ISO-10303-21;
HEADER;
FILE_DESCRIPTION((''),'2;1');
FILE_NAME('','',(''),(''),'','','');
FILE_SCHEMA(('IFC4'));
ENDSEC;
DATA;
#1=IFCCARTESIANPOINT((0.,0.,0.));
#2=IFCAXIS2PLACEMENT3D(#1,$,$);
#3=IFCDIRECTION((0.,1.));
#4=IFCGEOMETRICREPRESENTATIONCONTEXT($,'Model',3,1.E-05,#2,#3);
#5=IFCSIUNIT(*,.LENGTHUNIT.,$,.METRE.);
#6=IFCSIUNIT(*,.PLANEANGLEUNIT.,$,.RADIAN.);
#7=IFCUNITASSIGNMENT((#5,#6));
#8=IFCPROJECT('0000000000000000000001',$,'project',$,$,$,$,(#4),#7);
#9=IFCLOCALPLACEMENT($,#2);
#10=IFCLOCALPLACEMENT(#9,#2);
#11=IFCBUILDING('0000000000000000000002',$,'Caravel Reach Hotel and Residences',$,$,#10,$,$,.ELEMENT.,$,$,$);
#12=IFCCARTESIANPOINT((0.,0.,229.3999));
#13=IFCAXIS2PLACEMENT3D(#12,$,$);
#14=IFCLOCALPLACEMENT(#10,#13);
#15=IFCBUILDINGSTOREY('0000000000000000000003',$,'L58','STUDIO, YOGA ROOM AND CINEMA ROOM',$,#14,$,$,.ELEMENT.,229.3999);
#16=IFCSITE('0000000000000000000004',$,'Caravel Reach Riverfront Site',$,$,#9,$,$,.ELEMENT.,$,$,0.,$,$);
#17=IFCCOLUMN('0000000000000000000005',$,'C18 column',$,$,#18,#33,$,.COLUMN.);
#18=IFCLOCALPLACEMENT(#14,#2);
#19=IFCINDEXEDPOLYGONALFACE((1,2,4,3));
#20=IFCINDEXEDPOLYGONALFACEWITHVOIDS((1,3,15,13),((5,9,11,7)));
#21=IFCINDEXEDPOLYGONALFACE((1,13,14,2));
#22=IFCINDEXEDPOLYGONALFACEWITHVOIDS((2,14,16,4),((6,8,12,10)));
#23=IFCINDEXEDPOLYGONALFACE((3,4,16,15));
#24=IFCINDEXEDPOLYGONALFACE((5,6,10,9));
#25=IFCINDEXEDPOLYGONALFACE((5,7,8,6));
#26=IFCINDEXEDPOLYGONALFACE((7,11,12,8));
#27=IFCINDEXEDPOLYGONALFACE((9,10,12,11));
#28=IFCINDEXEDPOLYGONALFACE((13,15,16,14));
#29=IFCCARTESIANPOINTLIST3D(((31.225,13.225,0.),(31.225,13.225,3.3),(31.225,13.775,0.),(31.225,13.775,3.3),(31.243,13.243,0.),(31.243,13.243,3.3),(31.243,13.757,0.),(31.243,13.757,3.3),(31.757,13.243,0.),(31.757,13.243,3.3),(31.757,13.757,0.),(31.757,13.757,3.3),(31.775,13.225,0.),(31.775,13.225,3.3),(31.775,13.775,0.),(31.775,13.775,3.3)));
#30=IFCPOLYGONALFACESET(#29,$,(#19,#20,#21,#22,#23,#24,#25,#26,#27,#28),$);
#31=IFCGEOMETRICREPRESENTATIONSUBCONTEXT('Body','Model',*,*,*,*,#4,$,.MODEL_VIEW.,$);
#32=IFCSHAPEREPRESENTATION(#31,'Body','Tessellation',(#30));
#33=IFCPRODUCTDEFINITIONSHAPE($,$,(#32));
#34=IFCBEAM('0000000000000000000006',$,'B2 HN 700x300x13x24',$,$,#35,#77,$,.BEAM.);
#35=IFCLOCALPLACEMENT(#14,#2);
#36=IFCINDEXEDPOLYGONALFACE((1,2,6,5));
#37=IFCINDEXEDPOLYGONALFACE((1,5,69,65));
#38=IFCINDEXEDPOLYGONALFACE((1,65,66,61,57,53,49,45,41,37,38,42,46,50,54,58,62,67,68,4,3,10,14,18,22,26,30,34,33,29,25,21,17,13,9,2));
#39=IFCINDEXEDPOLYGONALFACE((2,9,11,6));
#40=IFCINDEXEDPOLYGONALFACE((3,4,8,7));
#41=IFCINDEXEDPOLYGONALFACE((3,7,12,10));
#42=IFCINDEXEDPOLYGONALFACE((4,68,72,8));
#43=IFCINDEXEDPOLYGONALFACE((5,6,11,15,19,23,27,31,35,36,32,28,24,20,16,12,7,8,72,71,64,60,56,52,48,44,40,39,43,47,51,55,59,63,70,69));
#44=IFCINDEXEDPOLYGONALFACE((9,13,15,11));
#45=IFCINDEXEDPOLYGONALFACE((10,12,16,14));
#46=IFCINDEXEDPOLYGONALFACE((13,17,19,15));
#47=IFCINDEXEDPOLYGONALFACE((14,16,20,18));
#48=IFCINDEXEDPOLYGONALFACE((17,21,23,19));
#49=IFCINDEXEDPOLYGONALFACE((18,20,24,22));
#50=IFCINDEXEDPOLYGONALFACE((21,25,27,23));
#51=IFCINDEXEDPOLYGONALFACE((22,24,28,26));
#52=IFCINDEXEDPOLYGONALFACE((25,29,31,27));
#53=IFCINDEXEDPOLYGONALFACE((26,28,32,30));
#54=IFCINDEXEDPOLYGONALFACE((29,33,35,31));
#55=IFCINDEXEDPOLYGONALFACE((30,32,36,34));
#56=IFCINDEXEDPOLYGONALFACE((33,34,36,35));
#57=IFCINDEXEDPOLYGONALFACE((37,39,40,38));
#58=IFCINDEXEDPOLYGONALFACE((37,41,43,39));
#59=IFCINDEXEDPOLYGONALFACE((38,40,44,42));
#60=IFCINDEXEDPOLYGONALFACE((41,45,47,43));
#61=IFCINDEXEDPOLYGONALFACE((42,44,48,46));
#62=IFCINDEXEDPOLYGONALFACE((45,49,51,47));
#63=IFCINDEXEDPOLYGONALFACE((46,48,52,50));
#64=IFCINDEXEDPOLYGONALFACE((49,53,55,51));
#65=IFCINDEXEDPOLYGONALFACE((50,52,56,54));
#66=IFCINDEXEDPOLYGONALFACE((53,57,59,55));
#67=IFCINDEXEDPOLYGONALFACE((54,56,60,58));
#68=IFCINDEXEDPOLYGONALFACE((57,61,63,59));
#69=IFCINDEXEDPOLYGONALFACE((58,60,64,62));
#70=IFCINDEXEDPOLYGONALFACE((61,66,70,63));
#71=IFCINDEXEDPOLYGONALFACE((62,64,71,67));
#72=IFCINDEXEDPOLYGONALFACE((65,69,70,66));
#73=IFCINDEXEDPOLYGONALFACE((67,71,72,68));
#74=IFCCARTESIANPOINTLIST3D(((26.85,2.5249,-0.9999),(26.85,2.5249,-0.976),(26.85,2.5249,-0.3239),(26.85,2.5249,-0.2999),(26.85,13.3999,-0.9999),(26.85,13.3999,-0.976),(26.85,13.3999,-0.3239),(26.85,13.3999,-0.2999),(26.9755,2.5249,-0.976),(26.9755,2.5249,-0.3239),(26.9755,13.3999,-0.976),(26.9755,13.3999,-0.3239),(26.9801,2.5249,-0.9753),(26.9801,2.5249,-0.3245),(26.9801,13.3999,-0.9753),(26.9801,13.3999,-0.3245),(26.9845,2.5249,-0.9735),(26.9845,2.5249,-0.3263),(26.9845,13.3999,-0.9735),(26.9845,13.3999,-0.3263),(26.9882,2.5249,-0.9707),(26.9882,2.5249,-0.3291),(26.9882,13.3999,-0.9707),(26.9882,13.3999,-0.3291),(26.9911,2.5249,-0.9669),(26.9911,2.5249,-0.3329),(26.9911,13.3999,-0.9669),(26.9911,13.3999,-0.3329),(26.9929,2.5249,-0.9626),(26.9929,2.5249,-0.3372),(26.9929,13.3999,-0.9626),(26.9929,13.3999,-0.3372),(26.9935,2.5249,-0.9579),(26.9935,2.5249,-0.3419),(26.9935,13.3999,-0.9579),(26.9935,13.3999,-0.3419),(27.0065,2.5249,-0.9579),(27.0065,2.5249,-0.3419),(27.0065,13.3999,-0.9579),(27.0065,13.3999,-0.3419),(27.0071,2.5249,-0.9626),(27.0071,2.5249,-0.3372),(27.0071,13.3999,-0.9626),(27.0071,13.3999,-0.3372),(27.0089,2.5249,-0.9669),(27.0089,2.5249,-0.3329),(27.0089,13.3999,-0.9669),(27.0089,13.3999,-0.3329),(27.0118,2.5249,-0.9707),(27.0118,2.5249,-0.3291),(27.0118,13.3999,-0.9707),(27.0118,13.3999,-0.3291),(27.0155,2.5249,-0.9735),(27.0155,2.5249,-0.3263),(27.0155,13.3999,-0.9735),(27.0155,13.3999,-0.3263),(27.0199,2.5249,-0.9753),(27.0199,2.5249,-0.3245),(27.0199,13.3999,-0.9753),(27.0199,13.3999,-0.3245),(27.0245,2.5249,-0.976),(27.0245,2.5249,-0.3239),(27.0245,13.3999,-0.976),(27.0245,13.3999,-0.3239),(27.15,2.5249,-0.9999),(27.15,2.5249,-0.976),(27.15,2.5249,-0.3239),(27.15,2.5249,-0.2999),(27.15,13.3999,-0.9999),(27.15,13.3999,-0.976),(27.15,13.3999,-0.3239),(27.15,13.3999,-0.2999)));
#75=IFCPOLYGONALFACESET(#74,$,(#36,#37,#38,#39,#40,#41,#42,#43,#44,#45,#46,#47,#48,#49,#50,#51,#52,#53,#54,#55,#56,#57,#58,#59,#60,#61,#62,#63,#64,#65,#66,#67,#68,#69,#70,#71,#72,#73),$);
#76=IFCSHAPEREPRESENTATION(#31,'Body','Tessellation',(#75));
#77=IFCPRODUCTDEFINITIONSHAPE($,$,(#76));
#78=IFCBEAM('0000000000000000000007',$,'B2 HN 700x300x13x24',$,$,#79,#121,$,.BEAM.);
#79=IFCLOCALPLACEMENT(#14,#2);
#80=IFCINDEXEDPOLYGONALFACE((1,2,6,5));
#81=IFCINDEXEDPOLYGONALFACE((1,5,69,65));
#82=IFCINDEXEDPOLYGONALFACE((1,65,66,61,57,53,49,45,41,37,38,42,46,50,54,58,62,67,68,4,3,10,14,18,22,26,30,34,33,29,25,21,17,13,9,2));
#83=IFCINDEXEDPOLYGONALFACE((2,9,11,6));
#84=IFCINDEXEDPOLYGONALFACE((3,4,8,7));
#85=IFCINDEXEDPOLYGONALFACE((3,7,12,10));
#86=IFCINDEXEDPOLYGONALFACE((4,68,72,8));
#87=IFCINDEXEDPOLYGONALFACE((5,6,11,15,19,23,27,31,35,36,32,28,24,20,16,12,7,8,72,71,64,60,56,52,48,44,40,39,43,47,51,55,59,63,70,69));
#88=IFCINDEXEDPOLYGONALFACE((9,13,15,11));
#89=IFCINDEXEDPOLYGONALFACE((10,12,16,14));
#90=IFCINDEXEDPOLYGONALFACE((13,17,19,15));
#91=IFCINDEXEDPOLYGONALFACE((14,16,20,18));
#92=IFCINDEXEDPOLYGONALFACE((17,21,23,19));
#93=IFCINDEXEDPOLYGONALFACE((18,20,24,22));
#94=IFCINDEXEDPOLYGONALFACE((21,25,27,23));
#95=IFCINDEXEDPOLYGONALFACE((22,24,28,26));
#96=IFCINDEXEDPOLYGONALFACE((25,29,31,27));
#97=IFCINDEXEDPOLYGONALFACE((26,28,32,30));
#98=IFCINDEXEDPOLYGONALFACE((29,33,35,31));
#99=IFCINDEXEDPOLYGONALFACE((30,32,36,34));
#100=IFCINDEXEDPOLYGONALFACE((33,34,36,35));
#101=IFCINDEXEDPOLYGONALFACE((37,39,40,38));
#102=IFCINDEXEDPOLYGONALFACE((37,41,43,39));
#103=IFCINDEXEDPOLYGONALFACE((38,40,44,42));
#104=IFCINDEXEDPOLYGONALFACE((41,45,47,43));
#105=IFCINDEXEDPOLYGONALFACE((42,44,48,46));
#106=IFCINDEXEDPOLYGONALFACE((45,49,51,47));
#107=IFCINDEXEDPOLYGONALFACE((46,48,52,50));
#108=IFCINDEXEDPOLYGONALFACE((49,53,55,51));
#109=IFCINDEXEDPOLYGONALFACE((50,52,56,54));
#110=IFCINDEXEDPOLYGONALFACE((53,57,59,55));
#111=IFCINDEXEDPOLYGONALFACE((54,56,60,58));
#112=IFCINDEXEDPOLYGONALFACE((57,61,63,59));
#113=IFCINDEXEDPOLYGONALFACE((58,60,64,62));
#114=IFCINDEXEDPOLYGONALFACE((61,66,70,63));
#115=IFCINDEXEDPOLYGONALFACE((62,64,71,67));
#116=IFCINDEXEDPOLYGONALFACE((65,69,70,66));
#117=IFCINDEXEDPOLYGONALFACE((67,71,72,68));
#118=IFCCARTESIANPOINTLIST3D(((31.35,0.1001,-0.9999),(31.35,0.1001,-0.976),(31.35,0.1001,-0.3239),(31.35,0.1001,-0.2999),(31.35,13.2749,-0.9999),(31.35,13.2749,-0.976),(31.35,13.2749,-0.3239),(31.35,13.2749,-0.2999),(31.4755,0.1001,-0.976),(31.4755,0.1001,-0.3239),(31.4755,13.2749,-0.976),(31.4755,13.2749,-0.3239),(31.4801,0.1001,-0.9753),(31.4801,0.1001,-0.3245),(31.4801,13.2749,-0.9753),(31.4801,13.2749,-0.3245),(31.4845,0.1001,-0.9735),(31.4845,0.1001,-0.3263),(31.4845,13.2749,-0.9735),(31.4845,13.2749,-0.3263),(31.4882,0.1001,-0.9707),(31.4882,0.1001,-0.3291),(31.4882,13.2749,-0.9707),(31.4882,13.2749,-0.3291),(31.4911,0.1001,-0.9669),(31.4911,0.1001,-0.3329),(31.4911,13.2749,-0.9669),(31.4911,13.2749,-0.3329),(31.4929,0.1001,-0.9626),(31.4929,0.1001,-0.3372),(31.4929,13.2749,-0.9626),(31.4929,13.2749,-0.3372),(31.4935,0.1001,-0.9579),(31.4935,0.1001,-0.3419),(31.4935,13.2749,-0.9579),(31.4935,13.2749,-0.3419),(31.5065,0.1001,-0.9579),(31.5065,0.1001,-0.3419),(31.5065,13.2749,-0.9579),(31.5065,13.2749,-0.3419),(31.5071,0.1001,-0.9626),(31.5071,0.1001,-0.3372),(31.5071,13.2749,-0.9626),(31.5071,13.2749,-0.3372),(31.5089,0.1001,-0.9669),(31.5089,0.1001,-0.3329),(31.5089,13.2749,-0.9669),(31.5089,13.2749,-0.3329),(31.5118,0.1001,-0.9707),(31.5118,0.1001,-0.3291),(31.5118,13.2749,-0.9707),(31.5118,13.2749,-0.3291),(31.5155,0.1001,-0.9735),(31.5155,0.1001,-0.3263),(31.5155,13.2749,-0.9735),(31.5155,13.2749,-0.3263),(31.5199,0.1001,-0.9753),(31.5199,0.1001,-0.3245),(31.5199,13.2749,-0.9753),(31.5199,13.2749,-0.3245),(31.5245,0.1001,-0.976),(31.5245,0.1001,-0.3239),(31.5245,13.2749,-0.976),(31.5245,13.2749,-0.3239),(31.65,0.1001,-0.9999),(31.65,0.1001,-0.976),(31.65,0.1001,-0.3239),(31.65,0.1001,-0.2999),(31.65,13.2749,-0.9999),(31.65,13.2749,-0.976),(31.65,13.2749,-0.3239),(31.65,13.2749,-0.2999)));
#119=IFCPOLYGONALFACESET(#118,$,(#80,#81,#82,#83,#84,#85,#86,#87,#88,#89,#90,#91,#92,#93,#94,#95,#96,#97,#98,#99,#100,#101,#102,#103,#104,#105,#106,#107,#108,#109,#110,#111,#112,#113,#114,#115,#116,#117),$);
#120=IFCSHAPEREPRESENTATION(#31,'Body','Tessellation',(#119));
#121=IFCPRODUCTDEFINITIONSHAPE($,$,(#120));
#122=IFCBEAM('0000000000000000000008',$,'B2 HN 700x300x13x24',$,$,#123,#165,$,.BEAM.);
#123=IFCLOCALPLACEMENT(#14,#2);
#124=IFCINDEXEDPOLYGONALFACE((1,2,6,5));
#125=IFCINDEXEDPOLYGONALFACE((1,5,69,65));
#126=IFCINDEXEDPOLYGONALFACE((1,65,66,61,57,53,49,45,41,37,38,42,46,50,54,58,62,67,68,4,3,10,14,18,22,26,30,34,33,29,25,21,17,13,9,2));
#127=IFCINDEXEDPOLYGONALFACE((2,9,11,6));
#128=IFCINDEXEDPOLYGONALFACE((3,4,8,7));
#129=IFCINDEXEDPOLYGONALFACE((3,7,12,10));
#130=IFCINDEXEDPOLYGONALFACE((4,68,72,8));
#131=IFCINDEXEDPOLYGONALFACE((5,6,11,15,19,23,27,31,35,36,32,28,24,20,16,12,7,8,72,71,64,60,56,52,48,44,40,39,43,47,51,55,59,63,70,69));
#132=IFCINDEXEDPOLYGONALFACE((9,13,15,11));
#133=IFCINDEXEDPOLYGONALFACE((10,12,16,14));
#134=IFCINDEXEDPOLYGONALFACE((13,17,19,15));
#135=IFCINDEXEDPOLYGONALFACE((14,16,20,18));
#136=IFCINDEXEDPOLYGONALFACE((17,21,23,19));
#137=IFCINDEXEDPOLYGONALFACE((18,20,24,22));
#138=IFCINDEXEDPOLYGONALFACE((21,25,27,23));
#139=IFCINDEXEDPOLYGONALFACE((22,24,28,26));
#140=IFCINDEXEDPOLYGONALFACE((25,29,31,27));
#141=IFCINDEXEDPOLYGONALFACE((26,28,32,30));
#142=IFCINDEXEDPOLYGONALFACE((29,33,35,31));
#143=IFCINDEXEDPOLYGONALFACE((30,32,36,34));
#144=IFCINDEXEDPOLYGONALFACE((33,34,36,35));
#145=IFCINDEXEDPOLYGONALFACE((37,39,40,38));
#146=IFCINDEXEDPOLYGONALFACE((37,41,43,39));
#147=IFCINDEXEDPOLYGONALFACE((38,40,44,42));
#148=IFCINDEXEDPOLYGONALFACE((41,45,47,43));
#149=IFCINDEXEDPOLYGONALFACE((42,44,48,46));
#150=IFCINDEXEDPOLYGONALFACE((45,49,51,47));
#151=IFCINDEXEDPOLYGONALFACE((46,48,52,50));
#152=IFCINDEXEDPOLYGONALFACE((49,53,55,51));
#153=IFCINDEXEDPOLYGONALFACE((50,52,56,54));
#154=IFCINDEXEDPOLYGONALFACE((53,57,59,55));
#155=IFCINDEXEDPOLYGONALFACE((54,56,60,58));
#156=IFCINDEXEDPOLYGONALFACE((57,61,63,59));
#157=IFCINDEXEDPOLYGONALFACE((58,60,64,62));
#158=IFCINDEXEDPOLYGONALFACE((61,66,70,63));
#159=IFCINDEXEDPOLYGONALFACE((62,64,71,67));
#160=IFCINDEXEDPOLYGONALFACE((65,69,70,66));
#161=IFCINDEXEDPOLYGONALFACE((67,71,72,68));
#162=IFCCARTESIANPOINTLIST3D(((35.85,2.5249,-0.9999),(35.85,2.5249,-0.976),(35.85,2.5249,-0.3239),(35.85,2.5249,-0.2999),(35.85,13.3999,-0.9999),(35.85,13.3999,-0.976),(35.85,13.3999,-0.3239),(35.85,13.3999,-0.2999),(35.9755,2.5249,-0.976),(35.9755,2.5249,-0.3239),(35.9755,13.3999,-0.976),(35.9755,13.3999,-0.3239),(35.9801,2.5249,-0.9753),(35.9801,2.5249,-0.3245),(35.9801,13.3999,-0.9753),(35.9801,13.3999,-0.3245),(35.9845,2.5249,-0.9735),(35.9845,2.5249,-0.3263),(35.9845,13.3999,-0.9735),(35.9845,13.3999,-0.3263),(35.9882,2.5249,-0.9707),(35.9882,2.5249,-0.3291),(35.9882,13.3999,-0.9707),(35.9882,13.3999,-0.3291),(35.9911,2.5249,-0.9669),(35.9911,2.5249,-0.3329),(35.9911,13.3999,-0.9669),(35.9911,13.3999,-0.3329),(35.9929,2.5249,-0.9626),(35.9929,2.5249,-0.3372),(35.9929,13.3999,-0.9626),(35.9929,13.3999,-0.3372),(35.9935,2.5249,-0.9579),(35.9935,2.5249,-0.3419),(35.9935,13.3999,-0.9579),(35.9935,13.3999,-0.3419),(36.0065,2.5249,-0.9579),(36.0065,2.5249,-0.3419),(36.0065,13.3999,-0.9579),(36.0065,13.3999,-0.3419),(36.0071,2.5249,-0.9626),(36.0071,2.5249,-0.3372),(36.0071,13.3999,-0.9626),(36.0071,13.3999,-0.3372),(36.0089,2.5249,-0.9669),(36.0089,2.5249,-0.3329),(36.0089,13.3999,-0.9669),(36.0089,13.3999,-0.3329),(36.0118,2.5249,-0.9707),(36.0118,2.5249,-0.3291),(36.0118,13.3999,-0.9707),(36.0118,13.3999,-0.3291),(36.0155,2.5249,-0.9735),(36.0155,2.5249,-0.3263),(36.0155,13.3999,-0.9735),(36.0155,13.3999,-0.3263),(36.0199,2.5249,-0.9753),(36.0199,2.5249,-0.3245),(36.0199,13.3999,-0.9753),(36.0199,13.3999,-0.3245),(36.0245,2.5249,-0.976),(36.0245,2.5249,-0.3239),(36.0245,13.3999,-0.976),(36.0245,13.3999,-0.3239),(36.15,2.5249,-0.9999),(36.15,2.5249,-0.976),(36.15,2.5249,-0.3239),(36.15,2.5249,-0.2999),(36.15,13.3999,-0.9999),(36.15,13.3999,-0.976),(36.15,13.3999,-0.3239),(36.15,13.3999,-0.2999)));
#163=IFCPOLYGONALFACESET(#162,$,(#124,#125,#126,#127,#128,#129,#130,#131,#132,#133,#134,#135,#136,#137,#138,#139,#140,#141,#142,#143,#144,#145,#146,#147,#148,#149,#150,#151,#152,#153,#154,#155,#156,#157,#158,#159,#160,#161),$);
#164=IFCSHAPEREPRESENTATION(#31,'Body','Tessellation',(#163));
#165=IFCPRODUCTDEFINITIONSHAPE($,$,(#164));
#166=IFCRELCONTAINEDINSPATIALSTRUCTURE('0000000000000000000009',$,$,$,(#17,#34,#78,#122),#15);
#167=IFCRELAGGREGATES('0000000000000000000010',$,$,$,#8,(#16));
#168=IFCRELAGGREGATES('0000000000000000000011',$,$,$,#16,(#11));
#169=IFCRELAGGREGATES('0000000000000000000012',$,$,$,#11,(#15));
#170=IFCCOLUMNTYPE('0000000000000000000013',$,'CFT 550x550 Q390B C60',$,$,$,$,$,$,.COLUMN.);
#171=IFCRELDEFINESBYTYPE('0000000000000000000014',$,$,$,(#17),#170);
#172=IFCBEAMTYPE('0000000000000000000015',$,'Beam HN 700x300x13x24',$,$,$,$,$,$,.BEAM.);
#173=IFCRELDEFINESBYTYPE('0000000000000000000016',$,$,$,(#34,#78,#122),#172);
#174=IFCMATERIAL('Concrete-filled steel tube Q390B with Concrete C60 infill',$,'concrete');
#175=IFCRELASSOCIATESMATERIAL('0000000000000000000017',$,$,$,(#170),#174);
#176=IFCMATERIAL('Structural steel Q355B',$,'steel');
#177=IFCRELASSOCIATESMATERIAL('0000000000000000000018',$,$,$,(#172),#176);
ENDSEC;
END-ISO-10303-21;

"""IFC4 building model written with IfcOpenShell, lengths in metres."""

from ifc_helpers import new_model, si_unit, direction, frame, origin, origin_2d, place, context, subcontext, project, spatial, hollow_rectangle, i_section, extrude, material, material_profile, profile_set, type_object, element, save


model = new_model("IFC4")

# Units and contexts
model_context = context("Model", 3, precision=1e-05, world=origin(), true_north=direction((0.0, 1.0)))
body_context = subcontext(model_context, "Body", "Model", "MODEL_VIEW")
ifc_project = project(units=[si_unit("LENGTHUNIT", "METRE"), si_unit("PLANEANGLEUNIT", "RADIAN")], contexts=[model_context])

# Site, building, storey
site_placement = place(None, origin())
site = spatial("IfcSite", under=ifc_project, at=site_placement, Name="Caravel Reach Riverfront Site", CompositionType="ELEMENT", RefElevation=0.0)
building_placement = place(site_placement, origin())
building = spatial("IfcBuilding", under=site, at=building_placement, Name="Caravel Reach Hotel and Residences", CompositionType="ELEMENT")
storey_placement = place(building_placement, frame((0.0, 0.0, 229.3999)))
storey = spatial("IfcBuildingStorey", under=building, at=storey_placement, Name="L58", Description="STUDIO, YOGA ROOM AND CINEMA ROOM", CompositionType="ELEMENT", Elevation=229.3999)

# Column
ifc_material_1 = material(Name="Concrete-filled steel tube Q390B with Concrete C60 infill", Category="concrete")
ifc_material_profile_1 = material_profile(ifc_material_1, hollow_rectangle(XDim=0.55, YDim=0.55, WallThickness=0.0181, at=origin_2d()), Name="RHS 550x550x18")
ifc_profile_set_1 = profile_set([ifc_material_profile_1], Name="Concrete-filled steel tube Q390B with Concrete C60 infill")
column_type = type_object("IfcColumnType", Name="CFT 550x550 Q390B C60", PredefinedType="COLUMN", material=ifc_profile_set_1)
column_placement = place(storey_placement, frame((31.5, 13.5, 0.0), z_axis=(0.0, 0.0, 1.0), x_axis=(1.0, 0.0, 0.0)))
element("IfcColumn", 1, at=column_placement, inside=storey, type_object=column_type, Name="C18 column", PredefinedType="COLUMN", context=body_context, shape_type="SweptSolid", body=[
    extrude(hollow_rectangle(XDim=0.55, YDim=0.55, WallThickness=0.0181, at=origin_2d()), origin(), (0.0, 0.0, 1.0), 3.3),
])

# Beams
ifc_material_2 = material(Name="Structural steel Q355B", Category="steel")
ifc_material_profile_2 = material_profile(ifc_material_2, i_section(OverallWidth=0.3, OverallDepth=0.7, WebThickness=0.0129, FlangeThickness=0.0239, FilletRadius=0.0181, at=origin_2d()), Name="HN 700x300x13x24")
ifc_profile_set_2 = profile_set([ifc_material_profile_2], Name="Structural steel Q355B")
beam_type_1 = type_object("IfcBeamType", Name="Beam HN 700x300x13x24", PredefinedType="BEAM", material=ifc_profile_set_2)
beam_1_placement = place(storey_placement, frame((27.0, 13.3999, -0.6499), z_axis=(0.0, -1.0, 0.0), x_axis=(1.0, 0.0, 0.0)))
element("IfcBeam", 2, at=beam_1_placement, inside=storey, type_object=beam_type_1, Name="B2 HN 700x300x13x24", PredefinedType="BEAM", context=body_context, shape_type="SweptSolid", body=[
    extrude(i_section(OverallWidth=0.3, OverallDepth=0.7, WebThickness=0.0129, FlangeThickness=0.0239, FilletRadius=0.0181, at=origin_2d()), origin(), (0.0, 0.0, 1.0), 10.875),
])
beam_2_placement = place(storey_placement, frame((31.5, 13.2749, -0.6499), z_axis=(0.0, -1.0, 0.0), x_axis=(1.0, 0.0, 0.0)))
element("IfcBeam", 3, at=beam_2_placement, inside=storey, type_object=beam_type_1, Name="B2 HN 700x300x13x24", PredefinedType="BEAM", context=body_context, shape_type="SweptSolid", body=[
    extrude(i_section(OverallWidth=0.3, OverallDepth=0.7, WebThickness=0.0129, FlangeThickness=0.0239, FilletRadius=0.0181, at=origin_2d()), origin(), (0.0, 0.0, 1.0), 13.1748),
])
beam_3_placement = place(storey_placement, frame((36.0, 13.3999, -0.6499), z_axis=(0.0, -1.0, 0.0), x_axis=(1.0, 0.0, 0.0)))
element("IfcBeam", 4, at=beam_3_placement, inside=storey, type_object=beam_type_1, Name="B2 HN 700x300x13x24", PredefinedType="BEAM", context=body_context, shape_type="SweptSolid", body=[
    extrude(i_section(OverallWidth=0.3, OverallDepth=0.7, WebThickness=0.0129, FlangeThickness=0.0239, FilletRadius=0.0181, at=origin_2d()), origin(), (0.0, 0.0, 1.0), 10.875),
])

save(model, "model.ifc")
